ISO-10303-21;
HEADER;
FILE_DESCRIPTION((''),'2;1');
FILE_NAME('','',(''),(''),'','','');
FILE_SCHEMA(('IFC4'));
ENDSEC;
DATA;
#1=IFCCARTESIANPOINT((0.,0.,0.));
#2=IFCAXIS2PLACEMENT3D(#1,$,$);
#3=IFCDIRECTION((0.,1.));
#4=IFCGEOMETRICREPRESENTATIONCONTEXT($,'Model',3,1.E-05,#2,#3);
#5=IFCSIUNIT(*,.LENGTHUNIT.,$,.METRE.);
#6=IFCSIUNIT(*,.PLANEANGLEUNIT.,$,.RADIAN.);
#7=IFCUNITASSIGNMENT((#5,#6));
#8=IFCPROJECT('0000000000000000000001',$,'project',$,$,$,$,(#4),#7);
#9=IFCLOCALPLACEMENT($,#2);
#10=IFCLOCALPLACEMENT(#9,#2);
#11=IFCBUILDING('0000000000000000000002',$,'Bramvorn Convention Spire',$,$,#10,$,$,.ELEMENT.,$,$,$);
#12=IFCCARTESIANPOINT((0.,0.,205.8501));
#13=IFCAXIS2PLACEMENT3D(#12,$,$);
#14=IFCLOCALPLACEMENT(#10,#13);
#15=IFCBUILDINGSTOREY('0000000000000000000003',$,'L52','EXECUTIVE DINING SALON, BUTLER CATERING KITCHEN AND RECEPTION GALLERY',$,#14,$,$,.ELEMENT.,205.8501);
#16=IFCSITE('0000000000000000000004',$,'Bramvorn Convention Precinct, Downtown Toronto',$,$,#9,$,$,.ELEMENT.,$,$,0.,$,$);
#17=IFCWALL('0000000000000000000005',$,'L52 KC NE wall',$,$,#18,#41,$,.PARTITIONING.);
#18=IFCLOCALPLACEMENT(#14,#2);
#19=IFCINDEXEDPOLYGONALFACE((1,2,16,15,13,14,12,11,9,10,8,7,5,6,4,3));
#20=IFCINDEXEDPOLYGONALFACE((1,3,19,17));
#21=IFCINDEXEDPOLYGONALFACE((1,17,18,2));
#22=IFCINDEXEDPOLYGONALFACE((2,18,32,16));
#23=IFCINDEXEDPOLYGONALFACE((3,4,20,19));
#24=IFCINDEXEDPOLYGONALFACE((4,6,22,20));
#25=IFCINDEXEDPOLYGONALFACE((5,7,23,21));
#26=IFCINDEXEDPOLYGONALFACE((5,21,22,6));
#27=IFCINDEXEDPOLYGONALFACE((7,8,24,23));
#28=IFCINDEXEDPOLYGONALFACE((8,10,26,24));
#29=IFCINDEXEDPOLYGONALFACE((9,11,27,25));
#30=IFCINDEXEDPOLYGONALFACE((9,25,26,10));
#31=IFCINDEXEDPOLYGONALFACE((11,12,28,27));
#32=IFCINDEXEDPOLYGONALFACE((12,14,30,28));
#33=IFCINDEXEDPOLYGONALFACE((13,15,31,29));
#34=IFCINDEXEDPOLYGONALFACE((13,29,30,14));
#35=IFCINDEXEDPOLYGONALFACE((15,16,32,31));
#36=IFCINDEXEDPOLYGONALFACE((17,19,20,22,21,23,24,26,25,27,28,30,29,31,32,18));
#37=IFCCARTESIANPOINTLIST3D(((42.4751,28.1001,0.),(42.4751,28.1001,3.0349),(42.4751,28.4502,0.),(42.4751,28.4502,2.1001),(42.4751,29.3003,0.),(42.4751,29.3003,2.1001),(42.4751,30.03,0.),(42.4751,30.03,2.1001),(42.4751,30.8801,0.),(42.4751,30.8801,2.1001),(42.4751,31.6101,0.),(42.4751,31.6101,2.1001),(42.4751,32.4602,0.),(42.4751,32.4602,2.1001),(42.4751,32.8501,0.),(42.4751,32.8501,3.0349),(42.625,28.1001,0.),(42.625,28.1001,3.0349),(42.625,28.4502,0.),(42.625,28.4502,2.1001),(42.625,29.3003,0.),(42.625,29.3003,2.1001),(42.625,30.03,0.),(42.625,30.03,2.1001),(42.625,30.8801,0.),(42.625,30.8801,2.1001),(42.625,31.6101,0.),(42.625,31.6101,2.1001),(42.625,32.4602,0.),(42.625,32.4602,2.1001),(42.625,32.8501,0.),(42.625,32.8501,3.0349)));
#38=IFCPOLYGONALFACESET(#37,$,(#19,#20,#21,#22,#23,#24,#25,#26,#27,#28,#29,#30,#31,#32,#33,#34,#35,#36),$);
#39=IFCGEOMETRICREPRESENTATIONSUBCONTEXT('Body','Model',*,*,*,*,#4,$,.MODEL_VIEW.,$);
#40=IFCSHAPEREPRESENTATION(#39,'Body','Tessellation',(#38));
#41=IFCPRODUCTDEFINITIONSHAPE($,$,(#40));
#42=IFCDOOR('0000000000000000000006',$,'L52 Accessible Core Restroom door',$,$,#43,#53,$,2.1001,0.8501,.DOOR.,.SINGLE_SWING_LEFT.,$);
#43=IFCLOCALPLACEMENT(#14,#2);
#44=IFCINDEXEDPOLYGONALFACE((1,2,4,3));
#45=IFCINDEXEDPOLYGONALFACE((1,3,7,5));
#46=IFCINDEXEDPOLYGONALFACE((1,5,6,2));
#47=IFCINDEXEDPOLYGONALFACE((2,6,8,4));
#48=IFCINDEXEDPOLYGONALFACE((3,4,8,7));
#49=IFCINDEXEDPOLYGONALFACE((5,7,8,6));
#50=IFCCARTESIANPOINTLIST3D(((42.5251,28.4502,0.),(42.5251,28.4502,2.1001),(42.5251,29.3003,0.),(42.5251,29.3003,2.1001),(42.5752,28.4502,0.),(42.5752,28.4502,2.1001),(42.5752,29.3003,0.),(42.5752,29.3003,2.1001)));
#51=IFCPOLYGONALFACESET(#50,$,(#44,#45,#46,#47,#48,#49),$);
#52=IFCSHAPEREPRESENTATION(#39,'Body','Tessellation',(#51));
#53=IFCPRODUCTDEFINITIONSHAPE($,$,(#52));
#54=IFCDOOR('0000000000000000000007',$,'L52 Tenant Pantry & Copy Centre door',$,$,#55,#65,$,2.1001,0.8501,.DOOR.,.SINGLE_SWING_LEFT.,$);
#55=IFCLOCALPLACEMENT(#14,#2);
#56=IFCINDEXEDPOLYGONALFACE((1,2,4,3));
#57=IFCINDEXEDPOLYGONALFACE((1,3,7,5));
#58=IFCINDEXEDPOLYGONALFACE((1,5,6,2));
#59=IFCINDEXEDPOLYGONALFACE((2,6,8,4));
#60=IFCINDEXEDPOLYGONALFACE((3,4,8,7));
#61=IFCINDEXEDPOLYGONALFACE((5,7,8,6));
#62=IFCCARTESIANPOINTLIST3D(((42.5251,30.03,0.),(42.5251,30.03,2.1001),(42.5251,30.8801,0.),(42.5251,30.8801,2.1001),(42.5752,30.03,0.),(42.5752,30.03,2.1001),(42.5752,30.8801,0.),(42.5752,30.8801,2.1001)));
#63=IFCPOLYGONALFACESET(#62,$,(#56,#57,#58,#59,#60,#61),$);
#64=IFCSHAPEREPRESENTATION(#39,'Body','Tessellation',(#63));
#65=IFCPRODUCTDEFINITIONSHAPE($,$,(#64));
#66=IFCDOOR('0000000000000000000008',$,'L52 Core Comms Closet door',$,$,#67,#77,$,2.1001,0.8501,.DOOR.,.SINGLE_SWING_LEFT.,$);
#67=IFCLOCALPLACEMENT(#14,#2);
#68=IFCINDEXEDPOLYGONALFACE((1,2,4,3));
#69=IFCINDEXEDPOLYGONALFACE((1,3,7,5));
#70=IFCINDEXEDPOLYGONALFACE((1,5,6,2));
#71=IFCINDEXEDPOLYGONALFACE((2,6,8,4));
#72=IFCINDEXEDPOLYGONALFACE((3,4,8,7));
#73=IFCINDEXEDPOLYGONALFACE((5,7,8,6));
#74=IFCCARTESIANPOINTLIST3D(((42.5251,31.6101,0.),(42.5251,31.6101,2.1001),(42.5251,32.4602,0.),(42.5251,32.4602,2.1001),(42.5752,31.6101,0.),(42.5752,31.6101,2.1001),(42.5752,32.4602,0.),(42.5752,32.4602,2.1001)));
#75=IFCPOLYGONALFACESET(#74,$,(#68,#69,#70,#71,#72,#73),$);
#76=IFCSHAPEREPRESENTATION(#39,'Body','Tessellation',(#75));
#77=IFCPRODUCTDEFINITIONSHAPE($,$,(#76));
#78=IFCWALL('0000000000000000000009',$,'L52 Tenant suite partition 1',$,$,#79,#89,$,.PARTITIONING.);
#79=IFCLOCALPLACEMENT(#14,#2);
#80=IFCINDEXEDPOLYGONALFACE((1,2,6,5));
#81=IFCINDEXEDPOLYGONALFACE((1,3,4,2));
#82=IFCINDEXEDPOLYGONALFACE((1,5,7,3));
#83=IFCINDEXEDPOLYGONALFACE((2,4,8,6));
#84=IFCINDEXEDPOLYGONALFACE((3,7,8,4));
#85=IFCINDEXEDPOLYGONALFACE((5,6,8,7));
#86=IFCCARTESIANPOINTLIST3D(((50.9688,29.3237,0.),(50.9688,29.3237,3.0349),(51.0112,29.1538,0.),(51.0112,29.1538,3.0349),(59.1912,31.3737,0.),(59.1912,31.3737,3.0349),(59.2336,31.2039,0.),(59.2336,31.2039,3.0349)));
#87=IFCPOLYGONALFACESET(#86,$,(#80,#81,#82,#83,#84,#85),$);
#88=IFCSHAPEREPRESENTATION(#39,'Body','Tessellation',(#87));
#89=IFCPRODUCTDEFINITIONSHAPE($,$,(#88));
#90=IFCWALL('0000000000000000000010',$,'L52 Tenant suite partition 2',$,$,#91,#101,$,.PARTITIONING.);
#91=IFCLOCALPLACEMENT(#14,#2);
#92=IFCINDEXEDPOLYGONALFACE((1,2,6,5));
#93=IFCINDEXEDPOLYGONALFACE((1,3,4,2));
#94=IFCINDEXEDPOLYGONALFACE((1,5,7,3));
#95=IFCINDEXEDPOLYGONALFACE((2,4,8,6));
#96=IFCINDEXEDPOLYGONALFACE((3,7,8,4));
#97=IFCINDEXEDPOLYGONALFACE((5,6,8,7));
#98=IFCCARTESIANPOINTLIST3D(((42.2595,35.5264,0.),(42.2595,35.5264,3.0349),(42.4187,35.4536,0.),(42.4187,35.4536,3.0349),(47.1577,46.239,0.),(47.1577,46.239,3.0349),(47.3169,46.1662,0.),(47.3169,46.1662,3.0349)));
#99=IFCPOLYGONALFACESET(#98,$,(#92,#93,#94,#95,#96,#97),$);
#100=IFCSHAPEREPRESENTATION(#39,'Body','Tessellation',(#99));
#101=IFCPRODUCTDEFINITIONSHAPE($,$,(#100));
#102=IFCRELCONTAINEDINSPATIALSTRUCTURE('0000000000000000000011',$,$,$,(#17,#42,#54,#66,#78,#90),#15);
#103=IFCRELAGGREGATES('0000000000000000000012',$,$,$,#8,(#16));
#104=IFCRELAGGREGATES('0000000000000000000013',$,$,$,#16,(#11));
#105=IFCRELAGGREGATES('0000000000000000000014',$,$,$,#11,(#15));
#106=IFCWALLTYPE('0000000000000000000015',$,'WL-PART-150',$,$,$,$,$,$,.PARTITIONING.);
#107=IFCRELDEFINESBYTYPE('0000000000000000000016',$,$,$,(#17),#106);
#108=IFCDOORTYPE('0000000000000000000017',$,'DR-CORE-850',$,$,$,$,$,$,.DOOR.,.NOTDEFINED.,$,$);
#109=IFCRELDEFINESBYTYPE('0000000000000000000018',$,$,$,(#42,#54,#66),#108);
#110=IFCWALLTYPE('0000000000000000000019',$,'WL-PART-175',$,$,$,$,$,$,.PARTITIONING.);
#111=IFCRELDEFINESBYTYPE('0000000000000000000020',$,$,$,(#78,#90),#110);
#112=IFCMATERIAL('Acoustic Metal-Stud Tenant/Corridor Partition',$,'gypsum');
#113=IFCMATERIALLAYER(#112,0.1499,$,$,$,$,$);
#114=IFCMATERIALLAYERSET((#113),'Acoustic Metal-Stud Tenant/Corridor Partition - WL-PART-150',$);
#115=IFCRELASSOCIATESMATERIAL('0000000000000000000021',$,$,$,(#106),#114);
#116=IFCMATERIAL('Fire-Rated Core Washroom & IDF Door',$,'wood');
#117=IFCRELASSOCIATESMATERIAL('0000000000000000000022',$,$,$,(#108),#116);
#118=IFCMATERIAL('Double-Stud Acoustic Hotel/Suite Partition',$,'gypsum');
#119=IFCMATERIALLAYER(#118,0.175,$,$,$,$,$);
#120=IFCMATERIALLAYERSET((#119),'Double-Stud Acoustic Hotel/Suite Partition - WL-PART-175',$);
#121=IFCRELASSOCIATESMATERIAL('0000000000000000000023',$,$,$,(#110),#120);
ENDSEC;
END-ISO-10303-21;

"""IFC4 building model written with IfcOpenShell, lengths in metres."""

from ifc_helpers import new_model, si_unit, direction, frame, frame_2d, origin, place, context, subcontext, project, spatial, rectangle, extrude, material, layer, layer_set, type_object, element, fill, save


model = new_model("IFC4")

# Units and contexts
model_context = context("Model", 3, precision=1e-05, world=origin(), true_north=direction((0.0, 1.0)))
body_context = subcontext(model_context, "Body", "Model", "MODEL_VIEW")
ifc_project = project(units=[si_unit("LENGTHUNIT", "METRE"), si_unit("PLANEANGLEUNIT", "RADIAN")], contexts=[model_context])

# Site, building, storey
site_placement = place(None, origin())
site = spatial("IfcSite", under=ifc_project, at=site_placement, Name="Bramvorn Convention Precinct, Downtown Toronto", CompositionType="ELEMENT", RefElevation=0.0)
building_placement = place(site_placement, origin())
building = spatial("IfcBuilding", under=site, at=building_placement, Name="Bramvorn Convention Spire", CompositionType="ELEMENT")
storey_placement = place(building_placement, frame((0.0, 0.0, 205.8501)))
storey = spatial("IfcBuildingStorey", under=building, at=storey_placement, Name="L52", Description="EXECUTIVE DINING SALON, BUTLER CATERING KITCHEN AND RECEPTION GALLERY", CompositionType="ELEMENT", Elevation=205.8501)

# Wall, openings, doors
ifc_material_1 = material(Name="Acoustic Metal-Stud Tenant/Corridor Partition", Category="gypsum")
ifc_layer_1 = layer(ifc_material_1, 0.1499)
ifc_layer_set_1 = layer_set([ifc_layer_1], Name="Acoustic Metal-Stud Tenant/Corridor Partition - WL-PART-150")
wall_type_1 = type_object("IfcWallType", Name="WL-PART-150", PredefinedType="PARTITIONING", material=ifc_layer_set_1)
wall_1_placement = place(storey_placement, frame((42.55, 28.1001, 0.0), z_axis=(0.0, 0.0, 1.0), x_axis=(0.0, 1.0, 0.0)))
wall_1 = element("IfcWall", 1, at=wall_1_placement, inside=storey, type_object=wall_type_1, Name="L52 KC NE wall", PredefinedType="PARTITIONING", context=body_context, shape_type="SweptSolid", body=[
    extrude(rectangle(XDim=4.75, YDim=0.1499, at=frame_2d((2.375, 0.0))), origin(), (0.0, 0.0, 1.0), 3.0349),
])
opening_1_placement = place(wall_1_placement, frame((0.3501, 0.0, 0.0)))
opening_1 = element("IfcOpeningElement", 2, at=opening_1_placement, cuts=wall_1, PredefinedType="OPENING", context=body_context, shape_type="SweptSolid", body=[
    extrude(rectangle(XDim=0.8501, YDim=2.1001, at=frame_2d((0.425, 1.05))), frame((0.0, 0.085, 0.0), z_axis=(0.0, -1.0, 0.0), x_axis=(1.0, 0.0, 0.0)), (0.0, 0.0, 1.0), 0.1699),
])
opening_2_placement = place(wall_1_placement, frame((1.9299, 0.0, 0.0)))
opening_2 = element("IfcOpeningElement", 3, at=opening_2_placement, cuts=wall_1, PredefinedType="OPENING", context=body_context, shape_type="SweptSolid", body=[
    extrude(rectangle(XDim=0.8501, YDim=2.1001, at=frame_2d((0.425, 1.05))), frame((0.0, 0.085, 0.0), z_axis=(0.0, -1.0, 0.0), x_axis=(1.0, 0.0, 0.0)), (0.0, 0.0, 1.0), 0.1699),
])
opening_3_placement = place(wall_1_placement, frame((3.51, 0.0, 0.0)))
opening_3 = element("IfcOpeningElement", 4, at=opening_3_placement, cuts=wall_1, PredefinedType="OPENING", context=body_context, shape_type="SweptSolid", body=[
    extrude(rectangle(XDim=0.8501, YDim=2.1001, at=frame_2d((0.425, 1.05))), frame((0.0, 0.085, 0.0), z_axis=(0.0, -1.0, 0.0), x_axis=(1.0, 0.0, 0.0)), (0.0, 0.0, 1.0), 0.1699),
])
ifc_material_2 = material(Name="Fire-Rated Core Washroom & IDF Door", Category="wood")
door_type_1 = type_object("IfcDoorType", Name="DR-CORE-850", OperationType="NOTDEFINED", PredefinedType="DOOR", material=ifc_material_2)
door_1_placement = place(opening_1_placement, origin())
door_1 = element("IfcDoor", 5, at=door_1_placement, inside=storey, type_object=door_type_1, Name="L52 Accessible Core Restroom door", OperationType="SINGLE_SWING_LEFT", OverallHeight=2.1001, OverallWidth=0.8501, PredefinedType="DOOR", context=body_context, shape_type="SweptSolid", body=[
    extrude(rectangle(XDim=0.8501, YDim=2.1001, at=frame_2d((0.425, 1.05))), frame((0.0, 0.0249, 0.0), z_axis=(0.0, -1.0, 0.0), x_axis=(1.0, 0.0, 0.0)), (0.0, 0.0, 1.0), 0.05),
])
fill(opening_1, door_1)
door_2_placement = place(opening_2_placement, origin())
door_2 = element("IfcDoor", 6, at=door_2_placement, inside=storey, type_object=door_type_1, Name="L52 Tenant Pantry & Copy Centre door", OperationType="SINGLE_SWING_LEFT", OverallHeight=2.1001, OverallWidth=0.8501, PredefinedType="DOOR", context=body_context, shape_type="SweptSolid", body=[
    extrude(rectangle(XDim=0.8501, YDim=2.1001, at=frame_2d((0.425, 1.05))), frame((0.0, 0.0249, 0.0), z_axis=(0.0, -1.0, 0.0), x_axis=(1.0, 0.0, 0.0)), (0.0, 0.0, 1.0), 0.05),
])
fill(opening_2, door_2)
door_3_placement = place(opening_3_placement, origin())
door_3 = element("IfcDoor", 7, at=door_3_placement, inside=storey, type_object=door_type_1, Name="L52 Core Comms Closet door", OperationType="SINGLE_SWING_LEFT", OverallHeight=2.1001, OverallWidth=0.8501, PredefinedType="DOOR", context=body_context, shape_type="SweptSolid", body=[
    extrude(rectangle(XDim=0.8501, YDim=2.1001, at=frame_2d((0.425, 1.05))), frame((0.0, 0.0249, 0.0), z_axis=(0.0, -1.0, 0.0), x_axis=(1.0, 0.0, 0.0)), (0.0, 0.0, 1.0), 0.05),
])
fill(opening_3, door_3)

# Walls
ifc_material_3 = material(Name="Double-Stud Acoustic Hotel/Suite Partition", Category="gypsum")
ifc_layer_2 = layer(ifc_material_3, 0.175)
ifc_layer_set_2 = layer_set([ifc_layer_2], Name="Double-Stud Acoustic Hotel/Suite Partition - WL-PART-175")
wall_type_2 = type_object("IfcWallType", Name="WL-PART-175", PredefinedType="PARTITIONING", material=ifc_layer_set_2)
wall_2_placement = place(storey_placement, frame((50.99, 29.2388, 0.0), z_axis=(0.0, 0.0, 1.0), x_axis=(0.970297, 0.241919, 0.0)))
element("IfcWall", 8, at=wall_2_placement, inside=storey, type_object=wall_type_2, Name="L52 Tenant suite partition 1", PredefinedType="PARTITIONING", context=body_context, shape_type="SweptSolid", body=[
    extrude(rectangle(XDim=8.4741, YDim=0.175, at=frame_2d((4.2371, 0.0))), origin(), (0.0, 0.0, 1.0), 3.0349),
])
wall_3_placement = place(storey_placement, frame((42.3391, 35.49, 0.0), z_axis=(0.0, 0.0, 1.0), x_axis=(0.415829, 0.909443, 0.0)))
element("IfcWall", 9, at=wall_3_placement, inside=storey, type_object=wall_type_2, Name="L52 Tenant suite partition 2", PredefinedType="PARTITIONING", context=body_context, shape_type="SweptSolid", body=[
    extrude(rectangle(XDim=11.7793, YDim=0.175, at=frame_2d((5.8896, 0.0))), origin(), (0.0, 0.0, 1.0), 3.0349),
])

save(model, "model.ifc")
